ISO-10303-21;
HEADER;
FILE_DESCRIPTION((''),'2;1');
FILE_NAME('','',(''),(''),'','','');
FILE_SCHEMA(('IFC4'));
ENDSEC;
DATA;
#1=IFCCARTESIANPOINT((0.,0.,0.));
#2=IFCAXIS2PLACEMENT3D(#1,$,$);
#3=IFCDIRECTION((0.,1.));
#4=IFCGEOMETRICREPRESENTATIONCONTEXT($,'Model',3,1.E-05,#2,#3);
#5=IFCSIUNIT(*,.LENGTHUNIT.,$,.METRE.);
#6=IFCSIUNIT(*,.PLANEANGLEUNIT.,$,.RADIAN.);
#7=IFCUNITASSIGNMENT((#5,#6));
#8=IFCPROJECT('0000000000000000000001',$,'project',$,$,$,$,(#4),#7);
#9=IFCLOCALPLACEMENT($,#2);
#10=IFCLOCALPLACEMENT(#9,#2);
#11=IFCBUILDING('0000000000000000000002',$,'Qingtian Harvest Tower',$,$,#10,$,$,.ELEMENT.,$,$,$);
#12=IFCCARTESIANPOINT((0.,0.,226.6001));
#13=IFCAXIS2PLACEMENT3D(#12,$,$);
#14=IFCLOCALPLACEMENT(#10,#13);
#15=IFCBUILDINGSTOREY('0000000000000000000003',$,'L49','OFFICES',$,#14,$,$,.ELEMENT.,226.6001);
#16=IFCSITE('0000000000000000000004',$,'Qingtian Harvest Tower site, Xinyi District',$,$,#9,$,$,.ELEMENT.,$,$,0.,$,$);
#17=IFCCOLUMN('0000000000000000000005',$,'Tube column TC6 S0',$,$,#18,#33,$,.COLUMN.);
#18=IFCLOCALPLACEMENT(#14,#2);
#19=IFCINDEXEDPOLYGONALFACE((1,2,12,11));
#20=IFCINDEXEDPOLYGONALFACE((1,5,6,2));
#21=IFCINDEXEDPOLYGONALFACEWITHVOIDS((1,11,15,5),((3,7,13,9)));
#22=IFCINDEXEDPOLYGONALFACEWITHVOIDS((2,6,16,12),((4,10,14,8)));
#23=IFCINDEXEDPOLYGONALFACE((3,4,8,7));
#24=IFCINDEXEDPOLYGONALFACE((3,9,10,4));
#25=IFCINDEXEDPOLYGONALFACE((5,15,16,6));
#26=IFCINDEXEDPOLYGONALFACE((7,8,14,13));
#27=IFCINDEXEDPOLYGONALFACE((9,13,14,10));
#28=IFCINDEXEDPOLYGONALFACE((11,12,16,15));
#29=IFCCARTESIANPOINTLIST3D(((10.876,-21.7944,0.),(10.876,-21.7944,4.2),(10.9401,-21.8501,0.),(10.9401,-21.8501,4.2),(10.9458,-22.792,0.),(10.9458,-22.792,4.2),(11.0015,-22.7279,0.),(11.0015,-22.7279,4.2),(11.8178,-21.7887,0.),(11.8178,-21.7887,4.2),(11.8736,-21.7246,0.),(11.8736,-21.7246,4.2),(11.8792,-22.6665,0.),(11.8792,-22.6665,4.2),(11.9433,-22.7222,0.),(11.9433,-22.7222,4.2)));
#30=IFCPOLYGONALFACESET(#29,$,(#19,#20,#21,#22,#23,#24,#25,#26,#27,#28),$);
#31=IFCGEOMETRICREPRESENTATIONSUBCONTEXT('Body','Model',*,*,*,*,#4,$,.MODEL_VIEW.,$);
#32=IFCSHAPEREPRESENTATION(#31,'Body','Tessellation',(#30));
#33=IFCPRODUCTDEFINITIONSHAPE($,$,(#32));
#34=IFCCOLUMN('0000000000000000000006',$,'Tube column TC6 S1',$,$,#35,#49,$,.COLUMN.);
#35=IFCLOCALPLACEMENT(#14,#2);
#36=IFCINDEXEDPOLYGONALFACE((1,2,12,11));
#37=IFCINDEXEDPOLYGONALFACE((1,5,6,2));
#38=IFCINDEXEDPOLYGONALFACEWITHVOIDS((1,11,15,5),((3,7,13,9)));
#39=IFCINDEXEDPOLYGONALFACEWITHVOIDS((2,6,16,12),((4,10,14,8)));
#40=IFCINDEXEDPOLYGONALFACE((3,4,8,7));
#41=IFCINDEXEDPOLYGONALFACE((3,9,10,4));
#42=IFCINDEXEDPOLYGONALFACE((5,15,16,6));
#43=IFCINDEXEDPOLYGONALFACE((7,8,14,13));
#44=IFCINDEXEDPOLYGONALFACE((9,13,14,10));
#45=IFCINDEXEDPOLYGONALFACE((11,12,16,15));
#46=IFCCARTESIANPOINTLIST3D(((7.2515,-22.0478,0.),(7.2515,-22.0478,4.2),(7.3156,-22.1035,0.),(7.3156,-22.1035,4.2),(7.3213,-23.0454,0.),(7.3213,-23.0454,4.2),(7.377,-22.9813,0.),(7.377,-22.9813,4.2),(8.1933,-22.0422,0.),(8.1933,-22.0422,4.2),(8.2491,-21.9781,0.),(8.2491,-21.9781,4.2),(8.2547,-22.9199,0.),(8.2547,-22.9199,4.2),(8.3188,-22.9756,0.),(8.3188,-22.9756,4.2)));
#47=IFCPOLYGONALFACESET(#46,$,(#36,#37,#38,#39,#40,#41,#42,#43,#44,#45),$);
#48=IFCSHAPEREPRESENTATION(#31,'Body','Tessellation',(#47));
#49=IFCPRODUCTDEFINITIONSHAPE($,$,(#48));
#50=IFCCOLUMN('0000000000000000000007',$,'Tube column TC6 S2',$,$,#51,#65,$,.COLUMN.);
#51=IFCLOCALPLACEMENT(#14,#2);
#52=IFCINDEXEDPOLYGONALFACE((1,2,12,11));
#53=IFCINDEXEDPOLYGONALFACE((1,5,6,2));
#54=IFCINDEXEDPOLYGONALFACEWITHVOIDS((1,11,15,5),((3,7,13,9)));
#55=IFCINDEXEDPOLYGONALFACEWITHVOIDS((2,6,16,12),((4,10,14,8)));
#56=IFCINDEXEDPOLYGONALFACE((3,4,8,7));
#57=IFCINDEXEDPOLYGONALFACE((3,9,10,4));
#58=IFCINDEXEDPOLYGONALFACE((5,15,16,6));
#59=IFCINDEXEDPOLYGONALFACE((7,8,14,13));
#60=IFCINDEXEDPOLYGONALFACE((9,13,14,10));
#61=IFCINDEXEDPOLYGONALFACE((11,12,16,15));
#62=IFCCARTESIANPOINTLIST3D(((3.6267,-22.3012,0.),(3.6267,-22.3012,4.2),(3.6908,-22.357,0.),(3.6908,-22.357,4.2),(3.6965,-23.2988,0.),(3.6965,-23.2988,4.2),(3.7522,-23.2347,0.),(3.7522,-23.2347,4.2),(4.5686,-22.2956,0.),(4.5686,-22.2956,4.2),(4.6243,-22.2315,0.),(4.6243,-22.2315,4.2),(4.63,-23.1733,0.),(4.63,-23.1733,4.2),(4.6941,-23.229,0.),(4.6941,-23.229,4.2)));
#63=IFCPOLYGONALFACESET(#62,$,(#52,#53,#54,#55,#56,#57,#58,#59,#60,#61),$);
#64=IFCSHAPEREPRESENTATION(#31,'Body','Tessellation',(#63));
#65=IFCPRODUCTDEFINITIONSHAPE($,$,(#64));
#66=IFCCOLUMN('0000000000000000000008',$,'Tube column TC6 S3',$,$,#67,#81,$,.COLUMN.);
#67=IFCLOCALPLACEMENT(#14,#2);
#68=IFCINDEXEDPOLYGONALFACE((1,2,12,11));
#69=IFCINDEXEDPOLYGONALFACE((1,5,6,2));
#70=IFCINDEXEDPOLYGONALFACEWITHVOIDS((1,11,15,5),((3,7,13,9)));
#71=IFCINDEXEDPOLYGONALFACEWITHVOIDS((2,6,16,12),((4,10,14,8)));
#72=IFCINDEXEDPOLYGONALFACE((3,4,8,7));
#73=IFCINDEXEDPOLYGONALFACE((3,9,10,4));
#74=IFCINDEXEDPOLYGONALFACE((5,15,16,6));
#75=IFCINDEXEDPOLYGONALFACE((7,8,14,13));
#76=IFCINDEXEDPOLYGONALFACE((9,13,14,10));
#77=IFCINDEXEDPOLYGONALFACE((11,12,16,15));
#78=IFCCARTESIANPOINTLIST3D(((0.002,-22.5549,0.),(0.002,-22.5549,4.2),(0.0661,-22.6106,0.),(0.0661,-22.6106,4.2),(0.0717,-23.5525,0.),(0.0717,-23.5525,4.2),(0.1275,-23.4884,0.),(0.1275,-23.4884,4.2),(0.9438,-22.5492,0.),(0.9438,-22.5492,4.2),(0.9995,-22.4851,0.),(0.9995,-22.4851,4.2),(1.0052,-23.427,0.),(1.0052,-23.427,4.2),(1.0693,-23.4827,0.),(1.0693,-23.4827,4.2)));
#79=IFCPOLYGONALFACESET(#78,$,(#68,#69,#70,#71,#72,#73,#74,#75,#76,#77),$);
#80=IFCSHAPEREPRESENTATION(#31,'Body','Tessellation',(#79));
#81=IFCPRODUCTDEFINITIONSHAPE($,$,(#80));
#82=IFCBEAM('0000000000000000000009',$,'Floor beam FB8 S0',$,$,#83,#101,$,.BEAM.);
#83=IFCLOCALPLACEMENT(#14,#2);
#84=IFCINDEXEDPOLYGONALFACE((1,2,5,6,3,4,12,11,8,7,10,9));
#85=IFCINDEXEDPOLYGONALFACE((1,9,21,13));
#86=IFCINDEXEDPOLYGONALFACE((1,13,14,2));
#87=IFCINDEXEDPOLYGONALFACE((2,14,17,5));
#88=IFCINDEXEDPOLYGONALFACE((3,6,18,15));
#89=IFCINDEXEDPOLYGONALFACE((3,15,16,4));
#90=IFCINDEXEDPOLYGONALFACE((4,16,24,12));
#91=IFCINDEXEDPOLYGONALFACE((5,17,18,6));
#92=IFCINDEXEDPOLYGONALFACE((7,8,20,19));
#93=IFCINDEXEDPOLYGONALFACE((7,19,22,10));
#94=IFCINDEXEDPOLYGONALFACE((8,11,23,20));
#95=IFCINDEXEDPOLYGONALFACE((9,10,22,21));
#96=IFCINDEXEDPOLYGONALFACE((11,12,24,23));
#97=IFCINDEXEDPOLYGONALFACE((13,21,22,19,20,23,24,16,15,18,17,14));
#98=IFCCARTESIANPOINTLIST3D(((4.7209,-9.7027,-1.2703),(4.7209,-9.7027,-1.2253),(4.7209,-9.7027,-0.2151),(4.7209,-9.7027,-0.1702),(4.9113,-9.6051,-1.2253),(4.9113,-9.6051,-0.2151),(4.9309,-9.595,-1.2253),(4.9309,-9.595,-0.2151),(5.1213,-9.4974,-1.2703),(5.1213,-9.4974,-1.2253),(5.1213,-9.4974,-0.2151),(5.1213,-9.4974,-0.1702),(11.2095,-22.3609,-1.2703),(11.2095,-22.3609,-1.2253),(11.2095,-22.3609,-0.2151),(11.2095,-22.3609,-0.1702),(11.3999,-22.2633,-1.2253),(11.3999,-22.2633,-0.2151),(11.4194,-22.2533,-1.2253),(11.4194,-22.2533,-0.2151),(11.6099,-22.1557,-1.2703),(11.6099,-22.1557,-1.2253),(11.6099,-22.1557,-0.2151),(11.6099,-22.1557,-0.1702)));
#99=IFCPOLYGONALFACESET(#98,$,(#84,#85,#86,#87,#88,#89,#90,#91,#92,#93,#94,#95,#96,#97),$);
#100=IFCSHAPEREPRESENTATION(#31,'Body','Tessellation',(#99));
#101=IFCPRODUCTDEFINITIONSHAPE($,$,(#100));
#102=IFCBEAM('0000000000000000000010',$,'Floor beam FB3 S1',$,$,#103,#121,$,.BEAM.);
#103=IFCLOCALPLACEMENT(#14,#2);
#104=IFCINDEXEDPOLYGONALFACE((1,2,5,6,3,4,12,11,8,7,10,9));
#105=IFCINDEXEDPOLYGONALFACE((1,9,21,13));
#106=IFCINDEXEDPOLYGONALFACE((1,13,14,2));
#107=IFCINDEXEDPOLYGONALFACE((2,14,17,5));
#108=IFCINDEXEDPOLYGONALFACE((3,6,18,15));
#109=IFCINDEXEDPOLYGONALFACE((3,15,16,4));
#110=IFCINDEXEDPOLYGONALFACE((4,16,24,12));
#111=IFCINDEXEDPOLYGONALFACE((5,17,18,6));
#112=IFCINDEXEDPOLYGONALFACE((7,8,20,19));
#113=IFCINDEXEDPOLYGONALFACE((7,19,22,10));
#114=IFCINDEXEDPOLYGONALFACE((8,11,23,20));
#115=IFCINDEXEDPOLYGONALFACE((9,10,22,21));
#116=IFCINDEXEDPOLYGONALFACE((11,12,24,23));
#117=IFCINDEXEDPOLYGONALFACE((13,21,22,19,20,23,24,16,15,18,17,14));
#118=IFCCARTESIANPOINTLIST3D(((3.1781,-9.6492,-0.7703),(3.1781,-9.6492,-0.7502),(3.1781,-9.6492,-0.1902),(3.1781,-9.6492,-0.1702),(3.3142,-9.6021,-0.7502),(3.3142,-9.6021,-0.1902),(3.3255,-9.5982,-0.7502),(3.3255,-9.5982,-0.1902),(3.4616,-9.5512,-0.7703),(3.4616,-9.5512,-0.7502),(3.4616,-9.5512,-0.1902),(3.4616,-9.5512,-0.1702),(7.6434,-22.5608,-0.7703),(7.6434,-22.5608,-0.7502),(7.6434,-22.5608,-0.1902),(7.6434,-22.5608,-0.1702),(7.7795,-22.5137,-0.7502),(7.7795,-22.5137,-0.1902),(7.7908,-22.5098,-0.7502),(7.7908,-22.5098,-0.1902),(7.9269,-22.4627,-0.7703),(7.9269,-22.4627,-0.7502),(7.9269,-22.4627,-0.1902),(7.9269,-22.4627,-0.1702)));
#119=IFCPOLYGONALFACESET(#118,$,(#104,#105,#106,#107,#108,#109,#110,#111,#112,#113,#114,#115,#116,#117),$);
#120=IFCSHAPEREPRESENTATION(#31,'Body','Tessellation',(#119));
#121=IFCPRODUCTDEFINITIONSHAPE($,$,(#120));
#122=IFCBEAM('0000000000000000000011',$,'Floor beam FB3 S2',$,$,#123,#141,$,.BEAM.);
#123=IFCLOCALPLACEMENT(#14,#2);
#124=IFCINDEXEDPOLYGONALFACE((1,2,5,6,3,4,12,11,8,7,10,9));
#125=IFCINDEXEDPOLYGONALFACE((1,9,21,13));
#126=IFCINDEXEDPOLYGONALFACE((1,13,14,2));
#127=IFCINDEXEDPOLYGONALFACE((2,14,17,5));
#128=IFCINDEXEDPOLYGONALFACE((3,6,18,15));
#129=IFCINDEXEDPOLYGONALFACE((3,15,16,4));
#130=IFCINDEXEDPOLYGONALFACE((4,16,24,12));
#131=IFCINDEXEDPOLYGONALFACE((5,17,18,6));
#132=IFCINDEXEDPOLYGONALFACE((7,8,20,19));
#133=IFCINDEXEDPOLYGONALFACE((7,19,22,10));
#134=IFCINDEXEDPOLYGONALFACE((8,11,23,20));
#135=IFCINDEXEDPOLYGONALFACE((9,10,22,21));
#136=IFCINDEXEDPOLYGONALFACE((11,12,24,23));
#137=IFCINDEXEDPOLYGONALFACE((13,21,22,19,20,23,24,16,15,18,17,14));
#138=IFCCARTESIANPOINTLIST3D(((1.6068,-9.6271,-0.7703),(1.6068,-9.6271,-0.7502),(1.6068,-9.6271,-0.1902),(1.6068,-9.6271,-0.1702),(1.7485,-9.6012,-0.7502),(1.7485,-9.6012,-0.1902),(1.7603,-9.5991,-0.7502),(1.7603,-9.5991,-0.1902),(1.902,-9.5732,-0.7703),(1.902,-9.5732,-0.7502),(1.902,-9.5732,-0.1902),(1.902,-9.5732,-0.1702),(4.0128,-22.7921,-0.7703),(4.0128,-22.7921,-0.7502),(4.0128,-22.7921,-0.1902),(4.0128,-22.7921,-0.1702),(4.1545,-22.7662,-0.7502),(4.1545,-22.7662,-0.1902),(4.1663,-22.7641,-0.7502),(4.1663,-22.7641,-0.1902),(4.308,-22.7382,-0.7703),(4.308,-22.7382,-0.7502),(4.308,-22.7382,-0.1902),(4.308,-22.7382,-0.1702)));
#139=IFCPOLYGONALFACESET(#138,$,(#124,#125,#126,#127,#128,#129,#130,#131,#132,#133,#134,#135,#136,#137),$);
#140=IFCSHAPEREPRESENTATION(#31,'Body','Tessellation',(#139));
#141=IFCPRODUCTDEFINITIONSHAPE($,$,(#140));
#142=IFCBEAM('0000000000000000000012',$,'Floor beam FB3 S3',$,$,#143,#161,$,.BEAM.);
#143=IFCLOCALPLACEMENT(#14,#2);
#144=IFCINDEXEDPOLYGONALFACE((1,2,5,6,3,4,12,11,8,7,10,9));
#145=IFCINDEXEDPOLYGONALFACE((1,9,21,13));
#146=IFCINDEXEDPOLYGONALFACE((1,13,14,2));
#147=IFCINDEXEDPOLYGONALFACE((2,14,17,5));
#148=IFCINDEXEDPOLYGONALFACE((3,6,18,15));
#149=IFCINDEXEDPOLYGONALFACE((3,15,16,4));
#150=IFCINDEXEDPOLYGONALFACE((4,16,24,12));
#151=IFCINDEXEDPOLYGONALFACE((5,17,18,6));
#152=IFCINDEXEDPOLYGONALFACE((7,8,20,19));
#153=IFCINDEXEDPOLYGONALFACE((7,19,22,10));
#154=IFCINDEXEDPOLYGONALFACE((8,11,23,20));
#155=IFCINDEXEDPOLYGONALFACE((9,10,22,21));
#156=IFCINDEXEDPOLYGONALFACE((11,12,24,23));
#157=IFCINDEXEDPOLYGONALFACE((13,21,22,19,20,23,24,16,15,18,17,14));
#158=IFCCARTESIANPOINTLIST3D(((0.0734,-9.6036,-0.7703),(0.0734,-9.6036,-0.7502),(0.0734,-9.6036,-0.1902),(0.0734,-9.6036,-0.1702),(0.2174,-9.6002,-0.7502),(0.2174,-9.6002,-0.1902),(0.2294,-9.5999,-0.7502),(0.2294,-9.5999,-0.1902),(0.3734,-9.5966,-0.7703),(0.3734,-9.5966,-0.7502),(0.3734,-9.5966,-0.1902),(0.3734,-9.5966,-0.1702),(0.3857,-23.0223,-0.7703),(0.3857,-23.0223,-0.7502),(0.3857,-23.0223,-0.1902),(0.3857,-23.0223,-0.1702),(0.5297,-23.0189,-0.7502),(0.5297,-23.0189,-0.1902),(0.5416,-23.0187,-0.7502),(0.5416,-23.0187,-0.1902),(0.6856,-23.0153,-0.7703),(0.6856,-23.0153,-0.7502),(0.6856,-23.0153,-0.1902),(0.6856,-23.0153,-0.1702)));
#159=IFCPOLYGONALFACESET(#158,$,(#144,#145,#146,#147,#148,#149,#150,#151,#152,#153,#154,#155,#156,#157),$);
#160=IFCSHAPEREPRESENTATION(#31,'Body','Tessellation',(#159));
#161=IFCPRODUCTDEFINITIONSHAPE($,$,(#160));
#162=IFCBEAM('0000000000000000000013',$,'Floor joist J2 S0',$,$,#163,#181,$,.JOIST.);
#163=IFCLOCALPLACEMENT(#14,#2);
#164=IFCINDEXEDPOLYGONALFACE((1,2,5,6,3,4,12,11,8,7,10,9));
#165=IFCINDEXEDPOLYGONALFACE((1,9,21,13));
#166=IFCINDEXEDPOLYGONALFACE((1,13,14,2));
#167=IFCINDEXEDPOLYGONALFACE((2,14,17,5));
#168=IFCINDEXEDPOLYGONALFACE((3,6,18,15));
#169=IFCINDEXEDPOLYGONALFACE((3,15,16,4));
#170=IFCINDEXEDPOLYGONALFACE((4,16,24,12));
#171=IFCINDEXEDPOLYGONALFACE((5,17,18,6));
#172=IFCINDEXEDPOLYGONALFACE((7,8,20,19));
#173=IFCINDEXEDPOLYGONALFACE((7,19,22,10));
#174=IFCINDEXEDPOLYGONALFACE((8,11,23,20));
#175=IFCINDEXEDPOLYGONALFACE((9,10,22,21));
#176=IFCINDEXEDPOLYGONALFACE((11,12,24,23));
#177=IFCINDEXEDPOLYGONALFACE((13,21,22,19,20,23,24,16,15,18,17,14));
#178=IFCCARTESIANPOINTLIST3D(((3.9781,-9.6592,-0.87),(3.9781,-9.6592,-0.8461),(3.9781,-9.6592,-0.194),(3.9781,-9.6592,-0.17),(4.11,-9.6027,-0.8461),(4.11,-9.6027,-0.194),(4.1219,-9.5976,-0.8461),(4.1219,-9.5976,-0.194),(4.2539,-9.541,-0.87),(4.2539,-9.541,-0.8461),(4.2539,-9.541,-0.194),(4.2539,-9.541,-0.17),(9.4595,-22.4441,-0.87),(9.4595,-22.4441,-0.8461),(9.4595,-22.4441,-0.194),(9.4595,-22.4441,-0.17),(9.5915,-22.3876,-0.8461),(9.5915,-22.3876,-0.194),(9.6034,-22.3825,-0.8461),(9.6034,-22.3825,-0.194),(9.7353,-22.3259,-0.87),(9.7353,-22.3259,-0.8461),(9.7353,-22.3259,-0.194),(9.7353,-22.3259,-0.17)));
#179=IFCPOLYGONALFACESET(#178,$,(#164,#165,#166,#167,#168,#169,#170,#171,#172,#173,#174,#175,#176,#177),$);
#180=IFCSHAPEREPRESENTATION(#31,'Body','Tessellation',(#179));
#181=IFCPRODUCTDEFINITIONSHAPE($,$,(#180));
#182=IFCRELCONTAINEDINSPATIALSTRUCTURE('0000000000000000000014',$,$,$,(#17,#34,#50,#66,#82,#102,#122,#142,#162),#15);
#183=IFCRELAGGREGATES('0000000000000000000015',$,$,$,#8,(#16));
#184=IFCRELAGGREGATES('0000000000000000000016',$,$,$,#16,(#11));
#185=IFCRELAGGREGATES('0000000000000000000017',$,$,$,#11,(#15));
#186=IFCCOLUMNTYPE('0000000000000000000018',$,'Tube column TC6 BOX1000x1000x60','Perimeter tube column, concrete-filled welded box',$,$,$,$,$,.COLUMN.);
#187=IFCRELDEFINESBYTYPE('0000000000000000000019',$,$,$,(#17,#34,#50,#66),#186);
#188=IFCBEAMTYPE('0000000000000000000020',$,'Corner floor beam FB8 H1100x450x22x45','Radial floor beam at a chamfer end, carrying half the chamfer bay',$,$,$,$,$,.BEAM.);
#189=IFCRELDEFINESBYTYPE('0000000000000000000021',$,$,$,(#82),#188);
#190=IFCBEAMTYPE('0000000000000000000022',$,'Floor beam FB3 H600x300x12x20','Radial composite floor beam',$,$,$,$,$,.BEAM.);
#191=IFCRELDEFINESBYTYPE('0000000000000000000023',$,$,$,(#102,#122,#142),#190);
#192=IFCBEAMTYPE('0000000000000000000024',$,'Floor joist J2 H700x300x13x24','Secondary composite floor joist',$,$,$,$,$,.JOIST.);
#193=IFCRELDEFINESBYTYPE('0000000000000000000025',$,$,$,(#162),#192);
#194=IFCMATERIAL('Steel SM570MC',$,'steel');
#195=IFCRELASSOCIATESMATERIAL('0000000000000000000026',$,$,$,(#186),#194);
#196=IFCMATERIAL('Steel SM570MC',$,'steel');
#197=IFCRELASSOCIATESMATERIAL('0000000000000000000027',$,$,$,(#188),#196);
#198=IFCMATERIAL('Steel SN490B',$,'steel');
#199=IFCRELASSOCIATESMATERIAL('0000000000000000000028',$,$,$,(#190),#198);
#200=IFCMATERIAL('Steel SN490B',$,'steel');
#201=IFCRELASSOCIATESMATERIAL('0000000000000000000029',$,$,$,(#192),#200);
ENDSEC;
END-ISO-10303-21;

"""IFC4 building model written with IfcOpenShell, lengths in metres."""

from ifc_helpers import new_model, si_unit, direction, frame, origin, origin_2d, place, context, subcontext, project, spatial, hollow_rectangle, i_section, extrude, material, material_profile, profile_set, type_object, element, save


model = new_model("IFC4")

# Units and contexts
model_context = context("Model", 3, precision=1e-05, world=origin(), true_north=direction((0.0, 1.0)))
body_context = subcontext(model_context, "Body", "Model", "MODEL_VIEW")
ifc_project = project(units=[si_unit("LENGTHUNIT", "METRE"), si_unit("PLANEANGLEUNIT", "RADIAN")], contexts=[model_context])

# Site, building, storey
site_placement = place(None, origin())
site = spatial("IfcSite", under=ifc_project, at=site_placement, Name="Qingtian Harvest Tower site, Xinyi District", CompositionType="ELEMENT", RefElevation=0.0)
building_placement = place(site_placement, origin())
building = spatial("IfcBuilding", under=site, at=building_placement, Name="Qingtian Harvest Tower", CompositionType="ELEMENT")
storey_placement = place(building_placement, frame((0.0, 0.0, 226.6001)))
storey = spatial("IfcBuildingStorey", under=building, at=storey_placement, Name="L49", Description="OFFICES", CompositionType="ELEMENT", Elevation=226.6001)

# Columns
ifc_material_1 = material(Name="Steel SM570MC", Category="steel")
ifc_material_profile_1 = material_profile(ifc_material_1, hollow_rectangle(XDim=1.0, YDim=1.0, WallThickness=0.0601, at=origin_2d()), Name="BOX1000x1000x60")
ifc_profile_set_1 = profile_set([ifc_material_profile_1], Name="Steel SM570MC")
column_type = type_object("IfcColumnType", Name="Tube column TC6 BOX1000x1000x60", Description="Perimeter tube column, concrete-filled welded box", PredefinedType="COLUMN", material=ifc_profile_set_1)
for number, where, z_axis, x_axis, name in (
    (1, (11.4097, -22.2583, 0.0), (0.0, 0.0, 1.0), (0.997564, 0.069756, 0.0), "Tube column TC6 S0"),
    (2, (7.7852, -22.5117, 0.0), (0.0, 0.0, 1.0), (0.997564, 0.069756, 0.0), "Tube column TC6 S1"),
    (3, (4.1604, -22.7651, 0.0), (0.0, 0.0, 1.0), (0.997564, 0.069756, 0.0), "Tube column TC6 S2"),
    (4, (0.5356, -23.0188, 0.0), (0.0, 0.0, 1.0), (0.997564, 0.069756, 0.0), "Tube column TC6 S3"),
):
    element("IfcColumn", number, at=place(storey_placement, frame(where, z_axis=z_axis, x_axis=x_axis)), inside=storey, type_object=column_type, Name=name, PredefinedType="COLUMN", context=body_context, shape_type="SweptSolid", body=[
        extrude(hollow_rectangle(XDim=1.0, YDim=1.0, WallThickness=0.0601, at=origin_2d()), origin(), (0.0, 0.0, 1.0), 4.2),
    ])

# Beams
ifc_material_2 = material(Name="Steel SM570MC", Category="steel")
ifc_material_profile_2 = material_profile(ifc_material_2, i_section(OverallWidth=0.45, OverallDepth=1.1001, WebThickness=0.022, FlangeThickness=0.0449, at=origin_2d()), Name="H1100x450x22x45")
ifc_profile_set_2 = profile_set([ifc_material_profile_2], Name="Steel SM570MC")
beam_type_1 = type_object("IfcBeamType", Name="Corner floor beam FB8 H1100x450x22x45", Description="Radial floor beam at a chamfer end, carrying half the chamfer bay", PredefinedType="BEAM", material=ifc_profile_set_2)
beam_1_placement = place(storey_placement, frame((11.4097, -22.2583, -0.7202), z_axis=(-0.456157, 0.889899, 0.0), x_axis=(-0.889899, -0.456157, 0.0)))
element("IfcBeam", 5, at=beam_1_placement, inside=storey, type_object=beam_type_1, Name="Floor beam FB8 S0", PredefinedType="BEAM", context=body_context, shape_type="SweptSolid", body=[
    extrude(i_section(OverallWidth=0.45, OverallDepth=1.1001, WebThickness=0.022, FlangeThickness=0.0449, at=origin_2d()), origin(), (0.0, 0.0, 1.0), 14.2244),
])
ifc_material_3 = material(Name="Steel SN490B", Category="steel")
ifc_material_profile_3 = material_profile(ifc_material_3, i_section(OverallWidth=0.3, OverallDepth=0.6001, WebThickness=0.012, FlangeThickness=0.02, at=origin_2d()), Name="H600x300x12x20")
ifc_profile_set_3 = profile_set([ifc_material_profile_3], Name="Steel SN490B")
beam_type_2 = type_object("IfcBeamType", Name="Floor beam FB3 H600x300x12x20", Description="Radial composite floor beam", PredefinedType="BEAM", material=ifc_profile_set_3)
beam_2_placement = place(storey_placement, frame((7.7852, -22.5117, -0.4702), z_axis=(-0.326844, 0.945078, 0.0), x_axis=(-0.945078, -0.326844, 0.0)))
element("IfcBeam", 6, at=beam_2_placement, inside=storey, type_object=beam_type_2, Name="Floor beam FB3 S1", PredefinedType="BEAM", context=body_context, shape_type="SweptSolid", body=[
    extrude(i_section(OverallWidth=0.3, OverallDepth=0.6001, WebThickness=0.012, FlangeThickness=0.02, at=origin_2d()), origin(), (0.0, 0.0, 1.0), 13.6619),
])
beam_3_placement = place(storey_placement, frame((4.1604, -22.7651, -0.4702), z_axis=(-0.17978, 0.983707, 0.0), x_axis=(-0.983707, -0.17978, 0.0)))
element("IfcBeam", 7, at=beam_3_placement, inside=storey, type_object=beam_type_2, Name="Floor beam FB3 S2", PredefinedType="BEAM", context=body_context, shape_type="SweptSolid", body=[
    extrude(i_section(OverallWidth=0.3, OverallDepth=0.6001, WebThickness=0.012, FlangeThickness=0.02, at=origin_2d()), origin(), (0.0, 0.0, 1.0), 13.3831),
])
beam_4_placement = place(storey_placement, frame((0.5356, -23.0188, -0.4702), z_axis=(-0.023264, 0.999729, 0.0), x_axis=(-0.999729, -0.023264, 0.0)))
element("IfcBeam", 8, at=beam_4_placement, inside=storey, type_object=beam_type_2, Name="Floor beam FB3 S3", PredefinedType="BEAM", context=body_context, shape_type="SweptSolid", body=[
    extrude(i_section(OverallWidth=0.3, OverallDepth=0.6001, WebThickness=0.012, FlangeThickness=0.02, at=origin_2d()), origin(), (0.0, 0.0, 1.0), 13.4224),
])
ifc_material_4 = material(Name="Steel SN490B", Category="steel")
ifc_material_profile_4 = material_profile(ifc_material_4, i_section(OverallWidth=0.3, OverallDepth=0.7, WebThickness=0.0129, FlangeThickness=0.0239, at=origin_2d()), Name="H700x300x13x24")
ifc_profile_set_4 = profile_set([ifc_material_profile_4], Name="Steel SN490B")
beam_type_3 = type_object("IfcBeamType", Name="Floor joist J2 H700x300x13x24", Description="Secondary composite floor joist", PredefinedType="JOIST", material=ifc_profile_set_4)
beam_5_placement = place(storey_placement, frame((9.5974, -22.385, -0.52), z_axis=(-0.394053, 0.919088, 0.0), x_axis=(-0.919088, -0.394053, 0.0)))
element("IfcBeam", 9, at=beam_5_placement, inside=storey, type_object=beam_type_3, Name="Floor joist J2 S0", PredefinedType="JOIST", context=body_context, shape_type="SweptSolid", body=[
    extrude(i_section(OverallWidth=0.3, OverallDepth=0.7, WebThickness=0.0129, FlangeThickness=0.0239, at=origin_2d()), origin(), (0.0, 0.0, 1.0), 13.9104),
])

save(model, "model.ifc")
